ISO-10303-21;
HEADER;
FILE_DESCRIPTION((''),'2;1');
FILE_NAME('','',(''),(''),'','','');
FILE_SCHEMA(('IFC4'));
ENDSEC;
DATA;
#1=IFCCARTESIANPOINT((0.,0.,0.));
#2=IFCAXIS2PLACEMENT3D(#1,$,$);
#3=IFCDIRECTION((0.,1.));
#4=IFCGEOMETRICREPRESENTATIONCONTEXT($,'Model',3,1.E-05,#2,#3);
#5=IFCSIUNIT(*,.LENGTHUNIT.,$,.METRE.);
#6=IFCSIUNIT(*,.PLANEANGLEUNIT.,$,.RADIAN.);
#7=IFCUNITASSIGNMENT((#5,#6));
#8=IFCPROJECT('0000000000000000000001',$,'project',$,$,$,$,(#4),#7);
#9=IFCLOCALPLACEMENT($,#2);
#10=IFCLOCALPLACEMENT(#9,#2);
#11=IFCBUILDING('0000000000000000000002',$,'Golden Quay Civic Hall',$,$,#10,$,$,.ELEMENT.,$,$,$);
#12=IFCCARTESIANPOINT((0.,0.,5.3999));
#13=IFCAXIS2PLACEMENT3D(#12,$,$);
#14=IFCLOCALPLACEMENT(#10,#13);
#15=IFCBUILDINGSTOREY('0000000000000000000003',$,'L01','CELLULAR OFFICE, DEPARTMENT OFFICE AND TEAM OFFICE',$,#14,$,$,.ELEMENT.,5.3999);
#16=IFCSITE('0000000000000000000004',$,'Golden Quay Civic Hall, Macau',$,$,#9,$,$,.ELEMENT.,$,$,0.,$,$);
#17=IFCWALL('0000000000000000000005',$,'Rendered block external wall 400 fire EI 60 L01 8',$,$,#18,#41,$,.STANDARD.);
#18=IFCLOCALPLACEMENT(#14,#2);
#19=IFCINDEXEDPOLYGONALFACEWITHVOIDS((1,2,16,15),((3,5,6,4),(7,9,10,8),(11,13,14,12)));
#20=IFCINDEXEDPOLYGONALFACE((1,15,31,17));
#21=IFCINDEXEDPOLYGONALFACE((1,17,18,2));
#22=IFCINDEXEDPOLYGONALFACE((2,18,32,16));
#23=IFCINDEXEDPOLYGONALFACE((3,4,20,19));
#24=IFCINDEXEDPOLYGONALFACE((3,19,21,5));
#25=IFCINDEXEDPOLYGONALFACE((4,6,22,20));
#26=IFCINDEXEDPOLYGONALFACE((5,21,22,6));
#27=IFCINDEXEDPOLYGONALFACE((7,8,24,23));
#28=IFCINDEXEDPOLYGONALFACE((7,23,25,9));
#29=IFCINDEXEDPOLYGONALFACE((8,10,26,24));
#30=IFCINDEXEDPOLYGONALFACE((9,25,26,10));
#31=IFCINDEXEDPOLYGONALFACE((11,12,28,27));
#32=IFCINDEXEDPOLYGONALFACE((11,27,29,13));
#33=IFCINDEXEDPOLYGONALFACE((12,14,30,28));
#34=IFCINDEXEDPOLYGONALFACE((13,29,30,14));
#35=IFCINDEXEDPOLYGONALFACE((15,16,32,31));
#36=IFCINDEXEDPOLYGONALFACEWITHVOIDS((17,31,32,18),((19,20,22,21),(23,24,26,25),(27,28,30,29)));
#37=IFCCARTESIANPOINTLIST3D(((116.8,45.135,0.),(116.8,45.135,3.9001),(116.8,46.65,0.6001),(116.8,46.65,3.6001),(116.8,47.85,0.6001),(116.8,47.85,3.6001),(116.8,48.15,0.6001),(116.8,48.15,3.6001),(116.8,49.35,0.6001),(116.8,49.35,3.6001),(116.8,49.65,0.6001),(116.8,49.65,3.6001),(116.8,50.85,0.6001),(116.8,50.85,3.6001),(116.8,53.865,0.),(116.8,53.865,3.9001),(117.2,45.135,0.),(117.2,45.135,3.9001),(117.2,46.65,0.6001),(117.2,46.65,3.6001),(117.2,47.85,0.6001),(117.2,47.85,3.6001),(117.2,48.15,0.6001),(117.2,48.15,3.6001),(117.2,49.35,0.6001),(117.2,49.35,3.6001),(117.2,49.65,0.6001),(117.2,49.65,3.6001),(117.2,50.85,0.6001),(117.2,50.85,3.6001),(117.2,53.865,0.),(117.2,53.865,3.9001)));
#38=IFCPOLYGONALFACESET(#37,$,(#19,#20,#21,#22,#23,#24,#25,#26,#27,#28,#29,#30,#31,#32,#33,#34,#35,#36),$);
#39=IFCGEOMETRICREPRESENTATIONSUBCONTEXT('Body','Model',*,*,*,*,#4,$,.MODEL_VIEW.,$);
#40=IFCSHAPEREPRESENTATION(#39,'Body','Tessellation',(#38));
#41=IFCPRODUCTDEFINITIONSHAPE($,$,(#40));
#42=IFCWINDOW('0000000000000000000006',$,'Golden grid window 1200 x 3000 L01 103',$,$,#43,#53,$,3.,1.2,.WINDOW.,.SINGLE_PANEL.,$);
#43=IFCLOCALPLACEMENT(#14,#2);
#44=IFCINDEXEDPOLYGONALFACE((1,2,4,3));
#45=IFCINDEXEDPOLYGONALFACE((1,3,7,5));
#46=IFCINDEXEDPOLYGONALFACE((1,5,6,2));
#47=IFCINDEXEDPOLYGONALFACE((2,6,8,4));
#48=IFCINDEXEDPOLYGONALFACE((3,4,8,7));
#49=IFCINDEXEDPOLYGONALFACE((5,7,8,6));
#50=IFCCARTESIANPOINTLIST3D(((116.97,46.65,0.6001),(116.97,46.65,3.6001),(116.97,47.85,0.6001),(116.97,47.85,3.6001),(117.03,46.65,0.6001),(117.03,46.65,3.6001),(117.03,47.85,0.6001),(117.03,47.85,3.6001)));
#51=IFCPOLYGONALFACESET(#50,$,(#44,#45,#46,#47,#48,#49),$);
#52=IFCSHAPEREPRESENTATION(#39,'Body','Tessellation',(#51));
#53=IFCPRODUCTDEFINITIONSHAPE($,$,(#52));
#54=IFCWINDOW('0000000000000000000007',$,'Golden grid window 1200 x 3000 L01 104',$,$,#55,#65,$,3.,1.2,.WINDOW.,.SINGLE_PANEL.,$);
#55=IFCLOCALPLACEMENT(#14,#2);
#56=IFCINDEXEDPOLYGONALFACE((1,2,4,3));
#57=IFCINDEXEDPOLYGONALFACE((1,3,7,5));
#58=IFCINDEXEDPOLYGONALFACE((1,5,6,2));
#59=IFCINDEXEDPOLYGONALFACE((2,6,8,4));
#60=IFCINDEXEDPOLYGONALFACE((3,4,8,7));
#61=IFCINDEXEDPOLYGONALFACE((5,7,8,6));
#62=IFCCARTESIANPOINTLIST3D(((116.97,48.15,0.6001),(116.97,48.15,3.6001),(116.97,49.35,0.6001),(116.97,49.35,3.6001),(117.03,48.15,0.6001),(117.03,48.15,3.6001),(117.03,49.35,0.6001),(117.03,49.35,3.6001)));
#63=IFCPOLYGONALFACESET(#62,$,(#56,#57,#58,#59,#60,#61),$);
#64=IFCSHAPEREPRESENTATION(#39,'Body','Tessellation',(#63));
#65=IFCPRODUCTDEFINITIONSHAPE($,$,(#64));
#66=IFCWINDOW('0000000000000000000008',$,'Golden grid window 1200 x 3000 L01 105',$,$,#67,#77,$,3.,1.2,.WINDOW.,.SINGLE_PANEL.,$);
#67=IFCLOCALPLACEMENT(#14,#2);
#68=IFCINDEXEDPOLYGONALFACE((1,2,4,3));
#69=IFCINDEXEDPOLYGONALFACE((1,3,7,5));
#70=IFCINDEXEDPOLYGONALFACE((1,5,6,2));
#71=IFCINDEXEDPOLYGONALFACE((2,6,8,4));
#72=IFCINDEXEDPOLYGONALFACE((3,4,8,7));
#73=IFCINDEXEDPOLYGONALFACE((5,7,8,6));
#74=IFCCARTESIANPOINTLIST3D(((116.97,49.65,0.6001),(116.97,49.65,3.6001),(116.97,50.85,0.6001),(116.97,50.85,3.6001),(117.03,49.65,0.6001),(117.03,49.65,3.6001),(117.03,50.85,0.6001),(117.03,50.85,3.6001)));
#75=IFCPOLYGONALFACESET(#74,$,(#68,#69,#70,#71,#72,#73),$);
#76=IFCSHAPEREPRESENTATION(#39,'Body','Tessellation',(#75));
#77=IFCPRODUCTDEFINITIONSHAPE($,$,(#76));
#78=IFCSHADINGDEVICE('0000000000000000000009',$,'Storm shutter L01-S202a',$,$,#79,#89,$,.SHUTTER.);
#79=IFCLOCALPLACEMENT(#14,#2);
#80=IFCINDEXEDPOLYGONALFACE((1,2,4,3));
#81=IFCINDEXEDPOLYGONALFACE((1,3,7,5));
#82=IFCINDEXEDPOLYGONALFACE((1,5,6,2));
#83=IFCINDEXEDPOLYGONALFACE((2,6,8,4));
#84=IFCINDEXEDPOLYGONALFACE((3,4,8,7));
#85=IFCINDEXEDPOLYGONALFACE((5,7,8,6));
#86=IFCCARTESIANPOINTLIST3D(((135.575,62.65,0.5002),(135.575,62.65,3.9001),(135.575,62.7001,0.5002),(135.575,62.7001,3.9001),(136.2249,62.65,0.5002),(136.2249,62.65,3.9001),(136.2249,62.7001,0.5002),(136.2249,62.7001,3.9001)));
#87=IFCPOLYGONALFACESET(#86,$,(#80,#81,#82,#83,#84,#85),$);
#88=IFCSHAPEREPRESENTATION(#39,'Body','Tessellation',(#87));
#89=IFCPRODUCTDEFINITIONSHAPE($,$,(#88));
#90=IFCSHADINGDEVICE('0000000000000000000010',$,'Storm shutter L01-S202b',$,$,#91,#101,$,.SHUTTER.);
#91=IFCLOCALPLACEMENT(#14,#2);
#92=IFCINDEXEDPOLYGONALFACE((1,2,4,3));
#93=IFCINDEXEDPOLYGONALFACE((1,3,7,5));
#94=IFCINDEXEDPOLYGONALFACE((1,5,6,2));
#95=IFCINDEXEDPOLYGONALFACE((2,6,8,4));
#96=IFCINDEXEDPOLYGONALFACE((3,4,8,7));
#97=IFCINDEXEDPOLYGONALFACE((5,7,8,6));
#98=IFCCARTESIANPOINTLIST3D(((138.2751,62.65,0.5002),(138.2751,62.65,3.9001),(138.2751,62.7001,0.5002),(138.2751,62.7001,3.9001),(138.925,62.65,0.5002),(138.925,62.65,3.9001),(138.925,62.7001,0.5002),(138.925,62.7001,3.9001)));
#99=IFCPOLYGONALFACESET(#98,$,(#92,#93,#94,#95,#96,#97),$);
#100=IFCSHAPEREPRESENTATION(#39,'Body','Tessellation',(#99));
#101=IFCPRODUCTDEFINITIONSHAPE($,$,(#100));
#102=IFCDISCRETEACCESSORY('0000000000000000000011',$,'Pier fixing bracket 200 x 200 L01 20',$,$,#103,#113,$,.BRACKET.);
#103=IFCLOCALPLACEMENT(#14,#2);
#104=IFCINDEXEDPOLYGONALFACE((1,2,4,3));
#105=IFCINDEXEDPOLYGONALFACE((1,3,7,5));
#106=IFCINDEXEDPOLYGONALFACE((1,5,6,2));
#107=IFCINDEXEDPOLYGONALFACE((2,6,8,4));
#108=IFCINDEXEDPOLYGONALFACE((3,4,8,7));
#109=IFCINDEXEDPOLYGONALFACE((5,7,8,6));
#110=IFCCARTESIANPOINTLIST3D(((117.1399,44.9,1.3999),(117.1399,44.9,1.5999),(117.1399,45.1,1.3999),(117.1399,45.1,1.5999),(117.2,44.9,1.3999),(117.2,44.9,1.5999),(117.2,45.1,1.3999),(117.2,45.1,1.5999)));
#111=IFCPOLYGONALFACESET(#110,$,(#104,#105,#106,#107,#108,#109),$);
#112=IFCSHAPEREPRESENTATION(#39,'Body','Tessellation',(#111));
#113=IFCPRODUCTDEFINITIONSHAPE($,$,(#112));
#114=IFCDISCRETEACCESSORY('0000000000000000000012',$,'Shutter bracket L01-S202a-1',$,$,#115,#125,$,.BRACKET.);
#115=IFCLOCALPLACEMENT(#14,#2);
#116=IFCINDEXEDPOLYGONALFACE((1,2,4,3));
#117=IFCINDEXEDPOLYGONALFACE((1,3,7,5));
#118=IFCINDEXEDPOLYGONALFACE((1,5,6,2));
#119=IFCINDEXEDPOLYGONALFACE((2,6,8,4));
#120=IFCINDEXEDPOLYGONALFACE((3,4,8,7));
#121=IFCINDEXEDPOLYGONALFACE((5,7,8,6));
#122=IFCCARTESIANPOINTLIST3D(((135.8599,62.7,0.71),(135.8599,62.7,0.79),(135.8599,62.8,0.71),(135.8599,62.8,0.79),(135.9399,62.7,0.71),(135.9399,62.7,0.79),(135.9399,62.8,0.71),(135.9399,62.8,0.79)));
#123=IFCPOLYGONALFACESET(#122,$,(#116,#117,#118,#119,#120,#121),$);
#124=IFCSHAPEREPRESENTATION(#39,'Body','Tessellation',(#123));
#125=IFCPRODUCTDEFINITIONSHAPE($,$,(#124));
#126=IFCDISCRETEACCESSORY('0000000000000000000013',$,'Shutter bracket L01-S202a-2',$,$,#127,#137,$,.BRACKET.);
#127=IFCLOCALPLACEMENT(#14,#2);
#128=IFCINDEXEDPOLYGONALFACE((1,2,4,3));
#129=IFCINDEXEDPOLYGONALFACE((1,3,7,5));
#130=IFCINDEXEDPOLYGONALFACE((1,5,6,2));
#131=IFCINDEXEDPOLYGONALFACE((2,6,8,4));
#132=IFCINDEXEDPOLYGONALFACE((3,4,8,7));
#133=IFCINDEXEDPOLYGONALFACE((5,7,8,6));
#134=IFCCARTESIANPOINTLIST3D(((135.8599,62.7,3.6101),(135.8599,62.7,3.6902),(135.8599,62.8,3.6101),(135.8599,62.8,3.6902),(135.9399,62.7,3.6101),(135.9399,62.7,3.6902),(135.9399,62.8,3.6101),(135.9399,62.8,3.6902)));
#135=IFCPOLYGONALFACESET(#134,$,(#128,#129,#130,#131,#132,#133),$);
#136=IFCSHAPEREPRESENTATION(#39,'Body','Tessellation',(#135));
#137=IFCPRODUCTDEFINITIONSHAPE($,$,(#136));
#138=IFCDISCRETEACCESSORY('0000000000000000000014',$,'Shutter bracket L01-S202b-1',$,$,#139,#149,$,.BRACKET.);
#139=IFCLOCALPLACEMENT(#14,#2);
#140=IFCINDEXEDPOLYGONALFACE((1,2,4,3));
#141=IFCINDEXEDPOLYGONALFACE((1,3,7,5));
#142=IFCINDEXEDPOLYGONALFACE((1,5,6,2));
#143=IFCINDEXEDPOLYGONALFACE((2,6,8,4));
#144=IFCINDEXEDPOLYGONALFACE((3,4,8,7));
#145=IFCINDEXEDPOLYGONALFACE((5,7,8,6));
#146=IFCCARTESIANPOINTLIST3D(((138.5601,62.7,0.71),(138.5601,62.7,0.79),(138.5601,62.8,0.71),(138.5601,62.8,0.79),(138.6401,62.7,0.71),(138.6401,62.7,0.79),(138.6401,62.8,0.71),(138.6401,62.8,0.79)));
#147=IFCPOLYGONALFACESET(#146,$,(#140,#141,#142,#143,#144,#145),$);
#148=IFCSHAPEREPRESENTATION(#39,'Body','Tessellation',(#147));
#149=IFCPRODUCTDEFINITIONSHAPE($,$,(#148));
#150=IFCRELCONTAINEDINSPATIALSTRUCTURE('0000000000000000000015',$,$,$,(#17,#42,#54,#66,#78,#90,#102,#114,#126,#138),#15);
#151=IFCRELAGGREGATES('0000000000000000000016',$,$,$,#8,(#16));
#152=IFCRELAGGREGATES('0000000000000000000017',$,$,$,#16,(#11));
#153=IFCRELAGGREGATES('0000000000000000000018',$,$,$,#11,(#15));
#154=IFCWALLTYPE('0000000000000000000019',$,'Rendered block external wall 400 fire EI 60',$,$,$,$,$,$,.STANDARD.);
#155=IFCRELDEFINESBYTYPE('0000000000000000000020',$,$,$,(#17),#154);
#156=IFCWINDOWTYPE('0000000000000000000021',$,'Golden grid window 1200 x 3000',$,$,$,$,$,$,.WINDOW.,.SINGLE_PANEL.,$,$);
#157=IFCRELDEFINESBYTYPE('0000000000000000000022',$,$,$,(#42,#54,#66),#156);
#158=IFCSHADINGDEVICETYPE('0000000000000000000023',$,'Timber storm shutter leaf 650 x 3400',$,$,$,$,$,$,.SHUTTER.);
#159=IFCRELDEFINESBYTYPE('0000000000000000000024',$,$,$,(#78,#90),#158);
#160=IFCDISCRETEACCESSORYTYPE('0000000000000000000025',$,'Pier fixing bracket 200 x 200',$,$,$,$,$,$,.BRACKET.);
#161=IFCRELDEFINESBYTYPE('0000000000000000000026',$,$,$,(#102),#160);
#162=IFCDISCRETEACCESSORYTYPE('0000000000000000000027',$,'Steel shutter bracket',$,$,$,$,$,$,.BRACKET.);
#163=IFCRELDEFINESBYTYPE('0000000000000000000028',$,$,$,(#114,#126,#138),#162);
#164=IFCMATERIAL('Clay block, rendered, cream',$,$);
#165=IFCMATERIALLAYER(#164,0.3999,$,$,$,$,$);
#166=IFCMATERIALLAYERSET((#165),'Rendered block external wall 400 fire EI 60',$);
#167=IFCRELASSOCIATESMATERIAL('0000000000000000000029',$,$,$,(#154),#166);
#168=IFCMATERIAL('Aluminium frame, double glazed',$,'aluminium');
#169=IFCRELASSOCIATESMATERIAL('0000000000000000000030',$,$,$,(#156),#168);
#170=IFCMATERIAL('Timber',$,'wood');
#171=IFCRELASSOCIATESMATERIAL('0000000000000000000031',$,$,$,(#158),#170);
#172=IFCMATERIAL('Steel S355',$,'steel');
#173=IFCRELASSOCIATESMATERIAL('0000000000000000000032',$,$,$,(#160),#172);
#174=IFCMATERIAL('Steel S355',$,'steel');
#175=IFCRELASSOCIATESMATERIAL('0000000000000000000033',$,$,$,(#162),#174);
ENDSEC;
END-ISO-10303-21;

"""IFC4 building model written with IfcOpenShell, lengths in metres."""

from ifc_helpers import new_model, si_unit, direction, frame, frame_2d, origin, origin_2d, place, context, subcontext, project, spatial, rectangle, extrude, material, layer, layer_set, type_object, element, fill, save


model = new_model("IFC4")

# Units and contexts
model_context = context("Model", 3, precision=1e-05, world=origin(), true_north=direction((0.0, 1.0)))
body_context = subcontext(model_context, "Body", "Model", "MODEL_VIEW")
ifc_project = project(units=[si_unit("LENGTHUNIT", "METRE"), si_unit("PLANEANGLEUNIT", "RADIAN")], contexts=[model_context])

# Site, building, storey
site_placement = place(None, origin())
site = spatial("IfcSite", under=ifc_project, at=site_placement, Name="Golden Quay Civic Hall, Macau", CompositionType="ELEMENT", RefElevation=0.0)
building_placement = place(site_placement, origin())
building = spatial("IfcBuilding", under=site, at=building_placement, Name="Golden Quay Civic Hall", CompositionType="ELEMENT")
storey_placement = place(building_placement, frame((0.0, 0.0, 5.3999)))
storey = spatial("IfcBuildingStorey", under=building, at=storey_placement, Name="L01", Description="CELLULAR OFFICE, DEPARTMENT OFFICE AND TEAM OFFICE", CompositionType="ELEMENT", Elevation=5.3999)

# Wall, openings, windows
ifc_material_1 = material(Name="Clay block, rendered, cream")
ifc_layer_1 = layer(ifc_material_1, 0.3999)
ifc_layer_set_1 = layer_set([ifc_layer_1], Name="Rendered block external wall 400 fire EI 60")
wall_type_1 = type_object("IfcWallType", Name="Rendered block external wall 400 fire EI 60", PredefinedType="STANDARD", material=ifc_layer_set_1)
wall_1_placement = place(storey_placement, frame((117.0, 53.865, 0.0), z_axis=(0.0, 0.0, 1.0), x_axis=(0.0, -1.0, 0.0)))
wall_1 = element("IfcWall", 1, at=wall_1_placement, inside=storey, type_object=wall_type_1, Name="Rendered block external wall 400 fire EI 60 L01 8", PredefinedType="STANDARD", context=body_context, shape_type="SweptSolid", body=[
    extrude(rectangle(XDim=8.73, YDim=0.3999, at=frame_2d((4.365, 0.0))), origin(), (0.0, 0.0, 1.0), 3.9001),
])
opening_1_placement = place(wall_1_placement, frame((6.0149, 0.0, 0.6001)))
opening_1 = element("IfcOpeningElement", 2, at=opening_1_placement, cuts=wall_1, PredefinedType="OPENING", context=body_context, shape_type="SweptSolid", body=[
    extrude(rectangle(XDim=1.2, YDim=3.0, at=frame_2d((0.6001, 1.5))), frame((0.0, 0.21, 0.0), z_axis=(0.0, -1.0, 0.0), x_axis=(1.0, 0.0, 0.0)), (0.0, 0.0, 1.0), 0.4199),
])
opening_2_placement = place(wall_1_placement, frame((4.5149, 0.0, 0.6001)))
opening_2 = element("IfcOpeningElement", 3, at=opening_2_placement, cuts=wall_1, PredefinedType="OPENING", context=body_context, shape_type="SweptSolid", body=[
    extrude(rectangle(XDim=1.2, YDim=3.0, at=frame_2d((0.6001, 1.5))), frame((0.0, 0.21, 0.0), z_axis=(0.0, -1.0, 0.0), x_axis=(1.0, 0.0, 0.0)), (0.0, 0.0, 1.0), 0.4199),
])
opening_3_placement = place(wall_1_placement, frame((3.0149, 0.0, 0.6001)))
opening_3 = element("IfcOpeningElement", 4, at=opening_3_placement, cuts=wall_1, PredefinedType="OPENING", context=body_context, shape_type="SweptSolid", body=[
    extrude(rectangle(XDim=1.2, YDim=3.0, at=frame_2d((0.6001, 1.5))), frame((0.0, 0.21, 0.0), z_axis=(0.0, -1.0, 0.0), x_axis=(1.0, 0.0, 0.0)), (0.0, 0.0, 1.0), 0.4199),
])
ifc_material_2 = material(Name="Aluminium frame, double glazed", Category="aluminium")
window_type = type_object("IfcWindowType", Name="Golden grid window 1200 x 3000", PartitioningType="SINGLE_PANEL", PredefinedType="WINDOW", material=ifc_material_2)
window_1_placement = place(opening_1_placement, origin())
window_1 = element("IfcWindow", 5, at=window_1_placement, inside=storey, type_object=window_type, Name="Golden grid window 1200 x 3000 L01 103", OverallHeight=3.0, OverallWidth=1.2, PartitioningType="SINGLE_PANEL", PredefinedType="WINDOW", context=body_context, shape_type="SweptSolid", body=[
    extrude(rectangle(XDim=1.2, YDim=3.0, at=frame_2d((0.6001, 1.5))), frame((0.0, 0.03, 0.0), z_axis=(0.0, -1.0, 0.0), x_axis=(1.0, 0.0, 0.0)), (0.0, 0.0, 1.0), 0.0601),
])
fill(opening_1, window_1)
window_2_placement = place(opening_2_placement, origin())
window_2 = element("IfcWindow", 6, at=window_2_placement, inside=storey, type_object=window_type, Name="Golden grid window 1200 x 3000 L01 104", OverallHeight=3.0, OverallWidth=1.2, PartitioningType="SINGLE_PANEL", PredefinedType="WINDOW", context=body_context, shape_type="SweptSolid", body=[
    extrude(rectangle(XDim=1.2, YDim=3.0, at=frame_2d((0.6001, 1.5))), frame((0.0, 0.03, 0.0), z_axis=(0.0, -1.0, 0.0), x_axis=(1.0, 0.0, 0.0)), (0.0, 0.0, 1.0), 0.0601),
])
fill(opening_2, window_2)
window_3_placement = place(opening_3_placement, origin())
window_3 = element("IfcWindow", 7, at=window_3_placement, inside=storey, type_object=window_type, Name="Golden grid window 1200 x 3000 L01 105", OverallHeight=3.0, OverallWidth=1.2, PartitioningType="SINGLE_PANEL", PredefinedType="WINDOW", context=body_context, shape_type="SweptSolid", body=[
    extrude(rectangle(XDim=1.2, YDim=3.0, at=frame_2d((0.6001, 1.5))), frame((0.0, 0.03, 0.0), z_axis=(0.0, -1.0, 0.0), x_axis=(1.0, 0.0, 0.0)), (0.0, 0.0, 1.0), 0.0601),
])
fill(opening_3, window_3)

# Shading devices
ifc_material_3 = material(Name="Timber", Category="wood")
shading_device_type = type_object("IfcShadingDeviceType", Name="Timber storm shutter leaf 650 x 3400", PredefinedType="SHUTTER", material=ifc_material_3)
for number, where, z_axis, x_axis, name in (
    (8, (135.8999, 62.675, 0.5002), (0.0, 0.0, 1.0), (1.0, 0.0, 0.0), "Storm shutter L01-S202a"),
    (9, (138.6001, 62.675, 0.5002), (0.0, 0.0, 1.0), (1.0, 0.0, 0.0), "Storm shutter L01-S202b"),
):
    element("IfcShadingDevice", number, at=place(storey_placement, frame(where, z_axis=z_axis, x_axis=x_axis)), inside=storey, type_object=shading_device_type, Name=name, PredefinedType="SHUTTER", context=body_context, shape_type="SweptSolid", body=[
        extrude(rectangle(XDim=0.6499, YDim=0.05, at=origin_2d()), origin(), (0.0, 0.0, 1.0), 3.3999),
    ])

# Discrete accessories
ifc_material_4 = material(Name="Steel S355", Category="steel")
discrete_accessory_type_1 = type_object("IfcDiscreteAccessoryType", Name="Pier fixing bracket 200 x 200", PredefinedType="BRACKET", material=ifc_material_4)
discrete_accessory_placement = place(storey_placement, frame((117.1699, 45.0, 1.3999), z_axis=(0.0, 0.0, 1.0), x_axis=(0.0, 1.0, 0.0)))
element("IfcDiscreteAccessory", 10, at=discrete_accessory_placement, inside=storey, type_object=discrete_accessory_type_1, Name="Pier fixing bracket 200 x 200 L01 20", PredefinedType="BRACKET", context=body_context, shape_type="SweptSolid", body=[
    extrude(rectangle(XDim=0.2, YDim=0.0601, at=origin_2d()), origin(), (0.0, 0.0, 1.0), 0.2),
])
ifc_material_5 = material(Name="Steel S355", Category="steel")
discrete_accessory_type_2 = type_object("IfcDiscreteAccessoryType", Name="Steel shutter bracket", PredefinedType="BRACKET", material=ifc_material_5)
for number, where, z_axis, x_axis, name in (
    (11, (135.8999, 62.75, 0.71), (0.0, 0.0, 1.0), (1.0, 0.0, 0.0), "Shutter bracket L01-S202a-1"),
    (12, (135.8999, 62.75, 3.6101), (0.0, 0.0, 1.0), (1.0, 0.0, 0.0), "Shutter bracket L01-S202a-2"),
    (13, (138.6001, 62.75, 0.71), (0.0, 0.0, 1.0), (1.0, 0.0, 0.0), "Shutter bracket L01-S202b-1"),
):
    element("IfcDiscreteAccessory", number, at=place(storey_placement, frame(where, z_axis=z_axis, x_axis=x_axis)), inside=storey, type_object=discrete_accessory_type_2, Name=name, PredefinedType="BRACKET", context=body_context, shape_type="SweptSolid", body=[
        extrude(rectangle(XDim=0.0801, YDim=0.1001, at=origin_2d()), origin(), (0.0, 0.0, 1.0), 0.0801),
    ])

save(model, "model.ifc")
